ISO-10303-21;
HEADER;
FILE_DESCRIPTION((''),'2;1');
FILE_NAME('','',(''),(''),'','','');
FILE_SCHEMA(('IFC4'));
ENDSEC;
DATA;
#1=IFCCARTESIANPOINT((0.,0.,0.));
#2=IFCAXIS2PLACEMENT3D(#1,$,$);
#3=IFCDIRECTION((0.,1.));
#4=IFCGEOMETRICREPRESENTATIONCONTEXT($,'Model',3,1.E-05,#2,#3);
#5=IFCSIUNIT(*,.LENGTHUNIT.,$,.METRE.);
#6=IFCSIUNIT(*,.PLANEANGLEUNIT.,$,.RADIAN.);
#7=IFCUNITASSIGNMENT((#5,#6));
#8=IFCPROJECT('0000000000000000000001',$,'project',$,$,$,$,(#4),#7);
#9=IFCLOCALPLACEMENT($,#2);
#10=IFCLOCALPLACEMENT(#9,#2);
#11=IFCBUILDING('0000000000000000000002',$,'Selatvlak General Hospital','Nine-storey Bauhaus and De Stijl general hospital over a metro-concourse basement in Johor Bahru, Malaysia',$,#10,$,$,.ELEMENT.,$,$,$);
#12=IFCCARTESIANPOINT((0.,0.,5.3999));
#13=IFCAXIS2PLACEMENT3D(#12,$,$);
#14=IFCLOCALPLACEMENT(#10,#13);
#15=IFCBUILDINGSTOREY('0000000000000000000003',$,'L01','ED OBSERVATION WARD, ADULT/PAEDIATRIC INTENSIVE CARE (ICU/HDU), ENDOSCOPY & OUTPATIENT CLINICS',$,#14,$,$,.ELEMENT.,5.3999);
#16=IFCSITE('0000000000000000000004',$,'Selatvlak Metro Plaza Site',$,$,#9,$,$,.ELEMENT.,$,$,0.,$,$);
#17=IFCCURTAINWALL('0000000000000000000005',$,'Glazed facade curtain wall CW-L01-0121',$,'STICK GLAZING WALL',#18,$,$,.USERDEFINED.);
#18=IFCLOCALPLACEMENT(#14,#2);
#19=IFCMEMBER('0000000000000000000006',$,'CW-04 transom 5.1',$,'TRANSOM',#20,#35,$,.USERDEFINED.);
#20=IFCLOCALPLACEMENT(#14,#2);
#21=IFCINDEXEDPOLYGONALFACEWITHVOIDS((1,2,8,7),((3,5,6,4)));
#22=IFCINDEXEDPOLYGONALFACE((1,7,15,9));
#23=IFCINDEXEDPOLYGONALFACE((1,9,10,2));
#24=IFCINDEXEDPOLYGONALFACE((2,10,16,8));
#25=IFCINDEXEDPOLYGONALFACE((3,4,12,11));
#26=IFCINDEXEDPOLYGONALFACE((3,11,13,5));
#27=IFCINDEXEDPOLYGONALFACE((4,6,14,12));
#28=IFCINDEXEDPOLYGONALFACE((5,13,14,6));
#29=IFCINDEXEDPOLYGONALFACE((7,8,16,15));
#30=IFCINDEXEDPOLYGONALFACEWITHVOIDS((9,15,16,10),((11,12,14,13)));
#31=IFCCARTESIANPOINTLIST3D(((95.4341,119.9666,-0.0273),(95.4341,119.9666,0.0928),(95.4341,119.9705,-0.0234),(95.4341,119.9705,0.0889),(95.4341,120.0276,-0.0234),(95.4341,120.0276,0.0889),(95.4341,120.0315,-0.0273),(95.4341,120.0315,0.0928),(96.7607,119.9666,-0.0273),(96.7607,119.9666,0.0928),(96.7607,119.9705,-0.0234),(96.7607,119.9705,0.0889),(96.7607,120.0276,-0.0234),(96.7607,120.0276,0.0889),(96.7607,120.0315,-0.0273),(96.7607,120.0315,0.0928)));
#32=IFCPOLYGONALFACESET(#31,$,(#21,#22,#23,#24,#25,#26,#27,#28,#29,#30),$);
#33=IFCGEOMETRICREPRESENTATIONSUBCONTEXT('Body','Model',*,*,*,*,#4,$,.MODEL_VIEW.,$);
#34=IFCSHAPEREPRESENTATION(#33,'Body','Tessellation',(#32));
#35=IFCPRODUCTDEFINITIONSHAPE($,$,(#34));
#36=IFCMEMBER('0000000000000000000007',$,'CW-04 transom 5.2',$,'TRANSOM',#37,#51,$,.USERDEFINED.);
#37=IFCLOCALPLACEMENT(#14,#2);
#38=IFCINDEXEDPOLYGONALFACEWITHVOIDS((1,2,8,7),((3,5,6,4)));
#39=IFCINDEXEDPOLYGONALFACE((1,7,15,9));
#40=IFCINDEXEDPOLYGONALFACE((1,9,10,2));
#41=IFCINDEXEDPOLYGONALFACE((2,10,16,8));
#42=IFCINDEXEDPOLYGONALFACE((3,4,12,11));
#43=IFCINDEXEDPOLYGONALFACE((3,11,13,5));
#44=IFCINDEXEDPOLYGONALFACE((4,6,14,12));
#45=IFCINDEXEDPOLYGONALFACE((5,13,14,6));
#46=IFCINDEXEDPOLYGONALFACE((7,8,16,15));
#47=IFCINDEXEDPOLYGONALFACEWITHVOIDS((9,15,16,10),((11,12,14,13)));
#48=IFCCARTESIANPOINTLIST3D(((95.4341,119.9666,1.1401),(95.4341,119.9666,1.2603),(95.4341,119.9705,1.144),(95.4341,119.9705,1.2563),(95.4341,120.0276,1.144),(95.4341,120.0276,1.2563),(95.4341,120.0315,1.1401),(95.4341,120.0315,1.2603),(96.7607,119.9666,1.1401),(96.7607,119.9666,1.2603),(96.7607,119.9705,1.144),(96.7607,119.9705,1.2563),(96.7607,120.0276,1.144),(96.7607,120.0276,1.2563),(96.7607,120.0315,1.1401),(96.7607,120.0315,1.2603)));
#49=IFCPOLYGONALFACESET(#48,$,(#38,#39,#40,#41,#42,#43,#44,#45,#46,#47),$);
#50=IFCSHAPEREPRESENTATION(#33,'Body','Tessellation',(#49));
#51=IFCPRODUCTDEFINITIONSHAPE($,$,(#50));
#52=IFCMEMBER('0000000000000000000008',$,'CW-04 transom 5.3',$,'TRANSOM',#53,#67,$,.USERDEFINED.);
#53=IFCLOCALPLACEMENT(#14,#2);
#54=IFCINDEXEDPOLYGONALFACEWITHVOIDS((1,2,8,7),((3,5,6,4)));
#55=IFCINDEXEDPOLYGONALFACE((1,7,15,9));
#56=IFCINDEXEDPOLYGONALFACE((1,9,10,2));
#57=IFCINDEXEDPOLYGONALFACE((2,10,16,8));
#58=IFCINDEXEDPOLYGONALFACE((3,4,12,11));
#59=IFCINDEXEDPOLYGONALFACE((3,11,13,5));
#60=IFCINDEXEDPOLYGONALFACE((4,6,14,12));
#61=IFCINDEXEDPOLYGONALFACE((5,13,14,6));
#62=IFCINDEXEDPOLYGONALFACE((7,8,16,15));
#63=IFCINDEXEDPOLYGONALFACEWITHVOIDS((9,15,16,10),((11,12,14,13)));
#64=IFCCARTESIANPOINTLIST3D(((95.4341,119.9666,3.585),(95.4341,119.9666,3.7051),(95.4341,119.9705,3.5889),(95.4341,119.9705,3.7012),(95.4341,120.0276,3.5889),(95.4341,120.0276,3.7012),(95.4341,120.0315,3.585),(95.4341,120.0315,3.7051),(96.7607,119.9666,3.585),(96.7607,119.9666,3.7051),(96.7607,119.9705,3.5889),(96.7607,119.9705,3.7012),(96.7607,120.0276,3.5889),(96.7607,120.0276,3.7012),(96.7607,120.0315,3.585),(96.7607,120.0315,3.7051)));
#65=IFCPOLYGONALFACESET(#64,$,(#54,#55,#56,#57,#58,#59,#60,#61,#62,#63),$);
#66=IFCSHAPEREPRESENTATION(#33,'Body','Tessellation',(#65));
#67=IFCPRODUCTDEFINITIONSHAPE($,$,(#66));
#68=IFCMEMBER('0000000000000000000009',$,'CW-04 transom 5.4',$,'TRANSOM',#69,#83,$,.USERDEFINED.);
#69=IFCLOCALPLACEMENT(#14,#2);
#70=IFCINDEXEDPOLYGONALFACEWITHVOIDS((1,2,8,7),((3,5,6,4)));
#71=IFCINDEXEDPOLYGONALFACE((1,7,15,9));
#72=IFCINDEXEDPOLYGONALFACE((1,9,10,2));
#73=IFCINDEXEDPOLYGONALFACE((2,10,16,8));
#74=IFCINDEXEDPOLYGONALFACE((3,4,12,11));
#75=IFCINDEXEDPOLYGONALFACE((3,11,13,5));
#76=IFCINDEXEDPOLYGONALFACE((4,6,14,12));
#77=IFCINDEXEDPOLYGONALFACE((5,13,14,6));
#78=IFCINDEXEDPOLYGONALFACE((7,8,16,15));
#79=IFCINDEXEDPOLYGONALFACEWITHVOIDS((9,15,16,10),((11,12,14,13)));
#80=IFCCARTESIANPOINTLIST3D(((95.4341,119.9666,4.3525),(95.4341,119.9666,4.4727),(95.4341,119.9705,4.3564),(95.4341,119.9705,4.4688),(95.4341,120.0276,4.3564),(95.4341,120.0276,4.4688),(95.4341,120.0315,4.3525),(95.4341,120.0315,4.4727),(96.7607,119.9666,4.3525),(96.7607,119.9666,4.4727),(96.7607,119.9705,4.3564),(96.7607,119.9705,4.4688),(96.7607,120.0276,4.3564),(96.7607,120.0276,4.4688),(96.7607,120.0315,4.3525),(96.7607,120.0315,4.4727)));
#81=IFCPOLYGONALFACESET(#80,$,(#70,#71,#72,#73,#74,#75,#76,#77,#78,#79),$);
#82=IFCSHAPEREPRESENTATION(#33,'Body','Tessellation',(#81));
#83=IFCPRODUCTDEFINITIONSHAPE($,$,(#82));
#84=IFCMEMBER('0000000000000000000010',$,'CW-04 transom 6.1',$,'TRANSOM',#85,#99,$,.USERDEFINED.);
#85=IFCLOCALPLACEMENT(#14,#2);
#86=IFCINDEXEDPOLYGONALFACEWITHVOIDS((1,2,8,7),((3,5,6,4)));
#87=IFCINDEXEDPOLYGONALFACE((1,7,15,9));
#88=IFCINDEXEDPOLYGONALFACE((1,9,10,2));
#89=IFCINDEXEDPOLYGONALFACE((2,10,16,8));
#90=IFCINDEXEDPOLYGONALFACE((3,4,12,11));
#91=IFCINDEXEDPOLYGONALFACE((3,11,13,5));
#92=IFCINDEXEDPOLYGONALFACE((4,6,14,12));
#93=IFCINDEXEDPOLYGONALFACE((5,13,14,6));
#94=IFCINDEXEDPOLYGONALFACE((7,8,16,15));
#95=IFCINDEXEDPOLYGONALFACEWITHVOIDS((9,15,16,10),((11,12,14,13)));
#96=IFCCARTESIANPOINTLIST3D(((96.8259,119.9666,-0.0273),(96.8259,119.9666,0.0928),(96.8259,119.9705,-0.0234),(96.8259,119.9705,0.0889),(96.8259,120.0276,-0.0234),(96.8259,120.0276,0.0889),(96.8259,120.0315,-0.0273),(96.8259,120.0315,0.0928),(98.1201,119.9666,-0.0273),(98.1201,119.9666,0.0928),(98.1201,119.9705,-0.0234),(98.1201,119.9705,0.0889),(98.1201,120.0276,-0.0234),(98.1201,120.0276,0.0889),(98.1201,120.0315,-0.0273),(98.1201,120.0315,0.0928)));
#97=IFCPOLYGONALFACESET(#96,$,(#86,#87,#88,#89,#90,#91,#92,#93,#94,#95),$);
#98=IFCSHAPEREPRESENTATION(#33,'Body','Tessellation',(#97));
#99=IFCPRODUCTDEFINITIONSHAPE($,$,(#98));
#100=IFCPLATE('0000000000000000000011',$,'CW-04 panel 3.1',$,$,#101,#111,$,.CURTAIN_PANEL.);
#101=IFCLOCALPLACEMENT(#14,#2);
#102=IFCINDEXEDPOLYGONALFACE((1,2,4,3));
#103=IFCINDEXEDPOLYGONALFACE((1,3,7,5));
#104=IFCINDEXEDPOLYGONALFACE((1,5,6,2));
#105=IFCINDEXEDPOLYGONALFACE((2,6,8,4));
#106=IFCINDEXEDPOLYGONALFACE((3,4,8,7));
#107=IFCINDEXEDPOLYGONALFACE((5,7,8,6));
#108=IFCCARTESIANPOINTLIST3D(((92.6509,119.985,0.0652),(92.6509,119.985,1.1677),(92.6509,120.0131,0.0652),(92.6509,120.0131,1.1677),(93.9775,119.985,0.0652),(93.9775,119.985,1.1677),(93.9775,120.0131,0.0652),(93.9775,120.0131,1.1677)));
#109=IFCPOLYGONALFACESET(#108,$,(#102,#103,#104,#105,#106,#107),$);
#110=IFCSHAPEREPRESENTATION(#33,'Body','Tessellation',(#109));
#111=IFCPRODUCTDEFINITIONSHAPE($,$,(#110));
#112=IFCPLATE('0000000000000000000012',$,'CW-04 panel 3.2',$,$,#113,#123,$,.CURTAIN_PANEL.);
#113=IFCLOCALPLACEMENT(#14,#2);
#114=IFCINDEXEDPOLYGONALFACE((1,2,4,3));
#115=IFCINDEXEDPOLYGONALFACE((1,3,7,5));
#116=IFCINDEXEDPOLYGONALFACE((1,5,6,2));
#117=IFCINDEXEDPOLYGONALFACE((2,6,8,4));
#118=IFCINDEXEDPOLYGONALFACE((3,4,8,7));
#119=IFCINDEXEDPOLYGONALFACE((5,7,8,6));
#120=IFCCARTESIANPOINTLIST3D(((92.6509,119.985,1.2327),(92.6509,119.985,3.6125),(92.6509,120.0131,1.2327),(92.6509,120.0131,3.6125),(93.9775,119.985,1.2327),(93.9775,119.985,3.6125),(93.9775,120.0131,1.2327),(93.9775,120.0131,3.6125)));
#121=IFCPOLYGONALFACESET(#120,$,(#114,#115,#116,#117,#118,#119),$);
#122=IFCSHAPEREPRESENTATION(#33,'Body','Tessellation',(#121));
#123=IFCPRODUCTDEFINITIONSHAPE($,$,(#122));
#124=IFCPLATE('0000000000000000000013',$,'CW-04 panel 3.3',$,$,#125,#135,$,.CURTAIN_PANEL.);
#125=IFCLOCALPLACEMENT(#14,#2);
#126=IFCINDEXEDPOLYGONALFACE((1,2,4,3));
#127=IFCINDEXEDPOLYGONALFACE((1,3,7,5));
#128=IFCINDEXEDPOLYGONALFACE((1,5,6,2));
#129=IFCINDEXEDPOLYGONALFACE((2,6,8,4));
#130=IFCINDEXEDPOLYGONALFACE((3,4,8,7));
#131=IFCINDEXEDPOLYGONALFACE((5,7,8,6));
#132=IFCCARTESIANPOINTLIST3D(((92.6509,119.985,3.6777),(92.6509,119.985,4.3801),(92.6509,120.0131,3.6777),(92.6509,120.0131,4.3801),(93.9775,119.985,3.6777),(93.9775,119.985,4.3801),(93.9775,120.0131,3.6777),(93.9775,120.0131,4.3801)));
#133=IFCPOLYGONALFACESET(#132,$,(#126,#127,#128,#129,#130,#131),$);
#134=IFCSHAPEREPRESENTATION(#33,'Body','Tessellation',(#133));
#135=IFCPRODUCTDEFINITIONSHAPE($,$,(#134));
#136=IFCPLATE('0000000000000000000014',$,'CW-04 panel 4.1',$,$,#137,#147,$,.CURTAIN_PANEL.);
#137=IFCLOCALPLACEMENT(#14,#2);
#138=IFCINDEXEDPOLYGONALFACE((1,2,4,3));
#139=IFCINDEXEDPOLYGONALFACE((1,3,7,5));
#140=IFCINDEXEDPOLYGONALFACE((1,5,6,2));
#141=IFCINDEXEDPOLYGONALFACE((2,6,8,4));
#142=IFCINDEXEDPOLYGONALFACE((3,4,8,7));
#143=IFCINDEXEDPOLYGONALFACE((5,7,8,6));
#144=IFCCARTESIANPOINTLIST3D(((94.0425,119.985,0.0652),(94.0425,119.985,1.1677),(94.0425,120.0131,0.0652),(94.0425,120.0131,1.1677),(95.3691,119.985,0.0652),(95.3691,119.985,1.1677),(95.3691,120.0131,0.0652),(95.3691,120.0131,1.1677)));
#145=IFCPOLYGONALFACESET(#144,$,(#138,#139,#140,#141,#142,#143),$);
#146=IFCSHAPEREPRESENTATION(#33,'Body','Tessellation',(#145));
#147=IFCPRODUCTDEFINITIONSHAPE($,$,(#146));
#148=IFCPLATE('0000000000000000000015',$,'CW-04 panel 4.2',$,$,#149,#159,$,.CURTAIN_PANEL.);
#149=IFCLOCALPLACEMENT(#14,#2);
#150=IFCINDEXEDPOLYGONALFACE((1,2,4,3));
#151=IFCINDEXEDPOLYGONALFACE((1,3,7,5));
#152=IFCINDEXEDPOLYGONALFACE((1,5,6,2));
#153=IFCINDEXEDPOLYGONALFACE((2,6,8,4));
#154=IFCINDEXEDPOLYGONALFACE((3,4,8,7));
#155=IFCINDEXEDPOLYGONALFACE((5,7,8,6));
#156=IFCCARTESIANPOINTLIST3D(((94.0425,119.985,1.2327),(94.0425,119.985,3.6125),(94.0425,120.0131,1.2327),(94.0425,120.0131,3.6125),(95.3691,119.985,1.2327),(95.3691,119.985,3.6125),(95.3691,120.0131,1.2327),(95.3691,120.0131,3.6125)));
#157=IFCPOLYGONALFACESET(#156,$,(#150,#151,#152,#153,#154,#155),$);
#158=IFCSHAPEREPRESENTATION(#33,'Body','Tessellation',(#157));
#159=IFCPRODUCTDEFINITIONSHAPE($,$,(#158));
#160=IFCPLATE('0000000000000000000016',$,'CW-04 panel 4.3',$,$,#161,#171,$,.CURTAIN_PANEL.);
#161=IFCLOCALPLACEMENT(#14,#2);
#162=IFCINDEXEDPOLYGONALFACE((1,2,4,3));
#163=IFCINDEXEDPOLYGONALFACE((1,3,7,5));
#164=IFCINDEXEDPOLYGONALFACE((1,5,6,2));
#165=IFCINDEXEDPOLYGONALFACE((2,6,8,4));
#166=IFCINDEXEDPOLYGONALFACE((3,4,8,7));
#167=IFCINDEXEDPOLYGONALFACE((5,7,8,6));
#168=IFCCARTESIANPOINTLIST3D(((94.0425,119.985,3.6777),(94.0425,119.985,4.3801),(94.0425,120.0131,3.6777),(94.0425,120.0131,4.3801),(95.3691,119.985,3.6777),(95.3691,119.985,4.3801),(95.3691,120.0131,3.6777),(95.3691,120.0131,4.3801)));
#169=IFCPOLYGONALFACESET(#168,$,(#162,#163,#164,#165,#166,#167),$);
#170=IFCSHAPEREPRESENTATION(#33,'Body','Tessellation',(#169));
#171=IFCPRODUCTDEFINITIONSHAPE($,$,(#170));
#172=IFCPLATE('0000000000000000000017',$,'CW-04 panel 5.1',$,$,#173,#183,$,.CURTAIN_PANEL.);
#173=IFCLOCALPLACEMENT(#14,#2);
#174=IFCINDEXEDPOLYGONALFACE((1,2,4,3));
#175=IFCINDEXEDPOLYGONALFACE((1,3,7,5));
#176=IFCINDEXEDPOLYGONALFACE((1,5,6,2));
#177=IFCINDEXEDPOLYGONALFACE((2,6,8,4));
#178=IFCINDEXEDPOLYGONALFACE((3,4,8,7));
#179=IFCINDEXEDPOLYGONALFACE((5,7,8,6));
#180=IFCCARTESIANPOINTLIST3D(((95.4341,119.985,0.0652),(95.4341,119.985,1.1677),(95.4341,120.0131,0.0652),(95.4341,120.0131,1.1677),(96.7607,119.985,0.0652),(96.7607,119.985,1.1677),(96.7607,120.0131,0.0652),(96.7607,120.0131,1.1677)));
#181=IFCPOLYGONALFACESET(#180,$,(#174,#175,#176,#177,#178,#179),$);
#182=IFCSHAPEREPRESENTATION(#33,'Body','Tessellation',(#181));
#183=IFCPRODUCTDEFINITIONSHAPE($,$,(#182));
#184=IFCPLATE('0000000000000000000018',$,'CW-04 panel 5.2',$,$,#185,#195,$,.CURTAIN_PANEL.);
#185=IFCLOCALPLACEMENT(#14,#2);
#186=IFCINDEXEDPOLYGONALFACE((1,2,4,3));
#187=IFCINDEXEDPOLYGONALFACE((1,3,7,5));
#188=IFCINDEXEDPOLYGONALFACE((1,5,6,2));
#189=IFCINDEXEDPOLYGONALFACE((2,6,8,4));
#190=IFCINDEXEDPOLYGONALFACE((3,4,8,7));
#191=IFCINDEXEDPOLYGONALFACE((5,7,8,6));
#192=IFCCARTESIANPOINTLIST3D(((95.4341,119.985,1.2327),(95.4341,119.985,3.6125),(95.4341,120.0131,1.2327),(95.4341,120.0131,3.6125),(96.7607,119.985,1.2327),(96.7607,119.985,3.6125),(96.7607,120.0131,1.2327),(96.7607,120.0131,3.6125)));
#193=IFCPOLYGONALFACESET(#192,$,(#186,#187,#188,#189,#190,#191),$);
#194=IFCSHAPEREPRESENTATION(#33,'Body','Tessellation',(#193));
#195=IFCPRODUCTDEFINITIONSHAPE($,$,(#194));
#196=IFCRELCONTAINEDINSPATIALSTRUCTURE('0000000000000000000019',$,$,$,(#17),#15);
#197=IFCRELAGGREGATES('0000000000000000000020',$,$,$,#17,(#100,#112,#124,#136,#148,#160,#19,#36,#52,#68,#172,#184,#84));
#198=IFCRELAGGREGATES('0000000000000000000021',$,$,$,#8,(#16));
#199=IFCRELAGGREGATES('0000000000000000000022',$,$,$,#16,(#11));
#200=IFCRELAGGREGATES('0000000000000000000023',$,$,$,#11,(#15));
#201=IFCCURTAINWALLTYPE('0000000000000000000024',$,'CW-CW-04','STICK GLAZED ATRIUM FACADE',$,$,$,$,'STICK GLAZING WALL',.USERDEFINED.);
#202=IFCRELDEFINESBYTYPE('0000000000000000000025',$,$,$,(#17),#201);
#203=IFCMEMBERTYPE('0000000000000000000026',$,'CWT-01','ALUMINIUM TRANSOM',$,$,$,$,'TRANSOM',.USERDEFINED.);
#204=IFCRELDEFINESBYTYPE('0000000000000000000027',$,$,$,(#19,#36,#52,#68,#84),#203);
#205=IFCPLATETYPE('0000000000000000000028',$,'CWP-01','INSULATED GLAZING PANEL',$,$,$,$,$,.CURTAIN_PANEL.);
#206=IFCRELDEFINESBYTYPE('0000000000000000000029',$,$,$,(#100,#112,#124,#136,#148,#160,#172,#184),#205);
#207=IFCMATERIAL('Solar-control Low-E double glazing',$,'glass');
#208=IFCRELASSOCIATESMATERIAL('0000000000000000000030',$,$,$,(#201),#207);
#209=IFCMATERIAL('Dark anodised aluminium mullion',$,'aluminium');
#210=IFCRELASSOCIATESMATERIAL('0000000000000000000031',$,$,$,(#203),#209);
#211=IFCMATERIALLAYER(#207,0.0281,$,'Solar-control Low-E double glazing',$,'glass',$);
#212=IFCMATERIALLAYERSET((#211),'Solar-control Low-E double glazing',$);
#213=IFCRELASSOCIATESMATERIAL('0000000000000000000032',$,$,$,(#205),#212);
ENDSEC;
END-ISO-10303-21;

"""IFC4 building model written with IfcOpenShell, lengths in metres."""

from ifc_helpers import new_model, si_unit, direction, frame, origin, origin_2d, place, context, subcontext, project, spatial, rectangle, hollow_rectangle, extrude, material, layer, layer_set, material_profile, profile_set, type_object, element, aggregate, save


model = new_model("IFC4")

# Units and contexts
model_context = context("Model", 3, precision=1e-05, world=origin(), true_north=direction((0.0, 1.0)))
body_context = subcontext(model_context, "Body", "Model", "MODEL_VIEW")
ifc_project = project(units=[si_unit("LENGTHUNIT", "METRE"), si_unit("PLANEANGLEUNIT", "RADIAN")], contexts=[model_context])

# Site, building, storey
site_placement = place(None, origin())
site = spatial("IfcSite", under=ifc_project, at=site_placement, Name="Selatvlak Metro Plaza Site", CompositionType="ELEMENT", RefElevation=0.0)
building_placement = place(site_placement, origin())
building = spatial("IfcBuilding", under=site, at=building_placement, Name="Selatvlak General Hospital", Description="Nine-storey Bauhaus and De Stijl general hospital over a metro-concourse basement in Johor Bahru, Malaysia", CompositionType="ELEMENT")
storey_placement = place(building_placement, frame((0.0, 0.0, 5.3999)))
storey = spatial("IfcBuildingStorey", under=building, at=storey_placement, Name="L01", Description="ED OBSERVATION WARD, ADULT/PAEDIATRIC INTENSIVE CARE (ICU/HDU), ENDOSCOPY & OUTPATIENT CLINICS", CompositionType="ELEMENT", Elevation=5.3999)

# Curtain wall, members, plates
ifc_material_1 = material(Name="Solar-control Low-E double glazing", Category="glass")
curtain_wall_type = type_object("IfcCurtainWallType", Name="CW-CW-04", Description="STICK GLAZED ATRIUM FACADE", ElementType="STICK GLAZING WALL", PredefinedType="USERDEFINED", material=ifc_material_1)
curtain_wall_placement = place(storey_placement, origin())
curtain_wall = element("IfcCurtainWall", 1, at=curtain_wall_placement, inside=storey, type_object=curtain_wall_type, Name="Glazed facade curtain wall CW-L01-0121", ObjectType="STICK GLAZING WALL", PredefinedType="USERDEFINED")
ifc_material_2 = material(Name="Dark anodised aluminium mullion", Category="aluminium")
ifc_material_profile_1 = material_profile(ifc_material_2, hollow_rectangle(XDim=0.0649, YDim=0.1201, WallThickness=0.0039, at=origin_2d()), Name="AL-TRN 65x120x4")
ifc_profile_set_1 = profile_set([ifc_material_profile_1], Name="Dark anodised aluminium mullion")
member_type_1 = type_object("IfcMemberType", Name="CWT-01", Description="ALUMINIUM TRANSOM", ElementType="TRANSOM", PredefinedType="USERDEFINED", material=ifc_profile_set_1)
member_1_placement = place(storey_placement, frame((95.4341, 119.999, 0.0327), z_axis=(1.0, 0.0, 0.0), x_axis=(0.0, 1.0, 0.0)))
member_1 = element("IfcMember", 2, at=member_1_placement, type_object=member_type_1, Name="CW-04 transom 5.1", ObjectType="TRANSOM", PredefinedType="USERDEFINED", context=body_context, shape_type="SweptSolid", body=[
    extrude(hollow_rectangle(XDim=0.0649, YDim=0.1201, WallThickness=0.0039, at=origin_2d()), origin(), (0.0, 0.0, 1.0), 1.3267),
])
member_2_placement = place(storey_placement, frame((95.4341, 119.999, 1.2002), z_axis=(1.0, 0.0, 0.0), x_axis=(0.0, 1.0, 0.0)))
member_2 = element("IfcMember", 3, at=member_2_placement, type_object=member_type_1, Name="CW-04 transom 5.2", ObjectType="TRANSOM", PredefinedType="USERDEFINED", context=body_context, shape_type="SweptSolid", body=[
    extrude(hollow_rectangle(XDim=0.0649, YDim=0.1201, WallThickness=0.0039, at=origin_2d()), origin(), (0.0, 0.0, 1.0), 1.3267),
])
member_3_placement = place(storey_placement, frame((95.4341, 119.999, 3.645), z_axis=(1.0, 0.0, 0.0), x_axis=(0.0, 1.0, 0.0)))
member_3 = element("IfcMember", 4, at=member_3_placement, type_object=member_type_1, Name="CW-04 transom 5.3", ObjectType="TRANSOM", PredefinedType="USERDEFINED", context=body_context, shape_type="SweptSolid", body=[
    extrude(hollow_rectangle(XDim=0.0649, YDim=0.1201, WallThickness=0.0039, at=origin_2d()), origin(), (0.0, 0.0, 1.0), 1.3267),
])
member_4_placement = place(storey_placement, frame((95.4341, 119.999, 4.4126), z_axis=(1.0, 0.0, 0.0), x_axis=(0.0, 1.0, 0.0)))
member_4 = element("IfcMember", 5, at=member_4_placement, type_object=member_type_1, Name="CW-04 transom 5.4", ObjectType="TRANSOM", PredefinedType="USERDEFINED", context=body_context, shape_type="SweptSolid", body=[
    extrude(hollow_rectangle(XDim=0.0649, YDim=0.1201, WallThickness=0.0039, at=origin_2d()), origin(), (0.0, 0.0, 1.0), 1.3267),
])
member_5_placement = place(storey_placement, frame((96.8259, 119.999, 0.0327), z_axis=(1.0, 0.0, 0.0), x_axis=(0.0, 1.0, 0.0)))
member_5 = element("IfcMember", 6, at=member_5_placement, type_object=member_type_1, Name="CW-04 transom 6.1", ObjectType="TRANSOM", PredefinedType="USERDEFINED", context=body_context, shape_type="SweptSolid", body=[
    extrude(hollow_rectangle(XDim=0.0649, YDim=0.1201, WallThickness=0.0039, at=origin_2d()), origin(), (0.0, 0.0, 1.0), 1.2942),
])
ifc_layer = layer(ifc_material_1, 0.0281, Name="Solar-control Low-E double glazing", Category="glass")
ifc_layer_set = layer_set([ifc_layer], Name="Solar-control Low-E double glazing")
plate_type = type_object("IfcPlateType", Name="CWP-01", Description="INSULATED GLAZING PANEL", PredefinedType="CURTAIN_PANEL", material=ifc_layer_set)
plate_1_placement = place(storey_placement, frame((93.3142, 119.999, 0.0652), z_axis=(0.0, 0.0, 1.0), x_axis=(1.0, 0.0, 0.0)))
plate_1 = element("IfcPlate", 7, at=plate_1_placement, type_object=plate_type, Name="CW-04 panel 3.1", PredefinedType="CURTAIN_PANEL", context=body_context, shape_type="SweptSolid", body=[
    extrude(rectangle(XDim=1.3267, YDim=0.0281, at=origin_2d()), origin(), (0.0, 0.0, 1.0), 1.1025),
])
plate_2_placement = place(storey_placement, frame((93.3142, 119.999, 1.2327), z_axis=(0.0, 0.0, 1.0), x_axis=(1.0, 0.0, 0.0)))
plate_2 = element("IfcPlate", 8, at=plate_2_placement, type_object=plate_type, Name="CW-04 panel 3.2", PredefinedType="CURTAIN_PANEL", context=body_context, shape_type="SweptSolid", body=[
    extrude(rectangle(XDim=1.3267, YDim=0.0281, at=origin_2d()), origin(), (0.0, 0.0, 1.0), 2.3799),
])
plate_3_placement = place(storey_placement, frame((93.3142, 119.999, 3.6777), z_axis=(0.0, 0.0, 1.0), x_axis=(1.0, 0.0, 0.0)))
plate_3 = element("IfcPlate", 9, at=plate_3_placement, type_object=plate_type, Name="CW-04 panel 3.3", PredefinedType="CURTAIN_PANEL", context=body_context, shape_type="SweptSolid", body=[
    extrude(rectangle(XDim=1.3267, YDim=0.0281, at=origin_2d()), origin(), (0.0, 0.0, 1.0), 0.7024),
])
plate_4_placement = place(storey_placement, frame((94.7058, 119.999, 0.0652), z_axis=(0.0, 0.0, 1.0), x_axis=(1.0, 0.0, 0.0)))
plate_4 = element("IfcPlate", 10, at=plate_4_placement, type_object=plate_type, Name="CW-04 panel 4.1", PredefinedType="CURTAIN_PANEL", context=body_context, shape_type="SweptSolid", body=[
    extrude(rectangle(XDim=1.3267, YDim=0.0281, at=origin_2d()), origin(), (0.0, 0.0, 1.0), 1.1025),
])
plate_5_placement = place(storey_placement, frame((94.7058, 119.999, 1.2327), z_axis=(0.0, 0.0, 1.0), x_axis=(1.0, 0.0, 0.0)))
plate_5 = element("IfcPlate", 11, at=plate_5_placement, type_object=plate_type, Name="CW-04 panel 4.2", PredefinedType="CURTAIN_PANEL", context=body_context, shape_type="SweptSolid", body=[
    extrude(rectangle(XDim=1.3267, YDim=0.0281, at=origin_2d()), origin(), (0.0, 0.0, 1.0), 2.3799),
])
plate_6_placement = place(storey_placement, frame((94.7058, 119.999, 3.6777), z_axis=(0.0, 0.0, 1.0), x_axis=(1.0, 0.0, 0.0)))
plate_6 = element("IfcPlate", 12, at=plate_6_placement, type_object=plate_type, Name="CW-04 panel 4.3", PredefinedType="CURTAIN_PANEL", context=body_context, shape_type="SweptSolid", body=[
    extrude(rectangle(XDim=1.3267, YDim=0.0281, at=origin_2d()), origin(), (0.0, 0.0, 1.0), 0.7024),
])
plate_7_placement = place(storey_placement, frame((96.0974, 119.999, 0.0652), z_axis=(0.0, 0.0, 1.0), x_axis=(1.0, 0.0, 0.0)))
plate_7 = element("IfcPlate", 13, at=plate_7_placement, type_object=plate_type, Name="CW-04 panel 5.1", PredefinedType="CURTAIN_PANEL", context=body_context, shape_type="SweptSolid", body=[
    extrude(rectangle(XDim=1.3267, YDim=0.0281, at=origin_2d()), origin(), (0.0, 0.0, 1.0), 1.1025),
])
plate_8_placement = place(storey_placement, frame((96.0974, 119.999, 1.2327), z_axis=(0.0, 0.0, 1.0), x_axis=(1.0, 0.0, 0.0)))
plate_8 = element("IfcPlate", 14, at=plate_8_placement, type_object=plate_type, Name="CW-04 panel 5.2", PredefinedType="CURTAIN_PANEL", context=body_context, shape_type="SweptSolid", body=[
    extrude(rectangle(XDim=1.3267, YDim=0.0281, at=origin_2d()), origin(), (0.0, 0.0, 1.0), 2.3799),
])
aggregate(curtain_wall, [plate_1, plate_2, plate_3, plate_4, plate_5, plate_6, member_1, member_2, member_3, member_4, plate_7, plate_8, member_5])

save(model, "model.ifc")
